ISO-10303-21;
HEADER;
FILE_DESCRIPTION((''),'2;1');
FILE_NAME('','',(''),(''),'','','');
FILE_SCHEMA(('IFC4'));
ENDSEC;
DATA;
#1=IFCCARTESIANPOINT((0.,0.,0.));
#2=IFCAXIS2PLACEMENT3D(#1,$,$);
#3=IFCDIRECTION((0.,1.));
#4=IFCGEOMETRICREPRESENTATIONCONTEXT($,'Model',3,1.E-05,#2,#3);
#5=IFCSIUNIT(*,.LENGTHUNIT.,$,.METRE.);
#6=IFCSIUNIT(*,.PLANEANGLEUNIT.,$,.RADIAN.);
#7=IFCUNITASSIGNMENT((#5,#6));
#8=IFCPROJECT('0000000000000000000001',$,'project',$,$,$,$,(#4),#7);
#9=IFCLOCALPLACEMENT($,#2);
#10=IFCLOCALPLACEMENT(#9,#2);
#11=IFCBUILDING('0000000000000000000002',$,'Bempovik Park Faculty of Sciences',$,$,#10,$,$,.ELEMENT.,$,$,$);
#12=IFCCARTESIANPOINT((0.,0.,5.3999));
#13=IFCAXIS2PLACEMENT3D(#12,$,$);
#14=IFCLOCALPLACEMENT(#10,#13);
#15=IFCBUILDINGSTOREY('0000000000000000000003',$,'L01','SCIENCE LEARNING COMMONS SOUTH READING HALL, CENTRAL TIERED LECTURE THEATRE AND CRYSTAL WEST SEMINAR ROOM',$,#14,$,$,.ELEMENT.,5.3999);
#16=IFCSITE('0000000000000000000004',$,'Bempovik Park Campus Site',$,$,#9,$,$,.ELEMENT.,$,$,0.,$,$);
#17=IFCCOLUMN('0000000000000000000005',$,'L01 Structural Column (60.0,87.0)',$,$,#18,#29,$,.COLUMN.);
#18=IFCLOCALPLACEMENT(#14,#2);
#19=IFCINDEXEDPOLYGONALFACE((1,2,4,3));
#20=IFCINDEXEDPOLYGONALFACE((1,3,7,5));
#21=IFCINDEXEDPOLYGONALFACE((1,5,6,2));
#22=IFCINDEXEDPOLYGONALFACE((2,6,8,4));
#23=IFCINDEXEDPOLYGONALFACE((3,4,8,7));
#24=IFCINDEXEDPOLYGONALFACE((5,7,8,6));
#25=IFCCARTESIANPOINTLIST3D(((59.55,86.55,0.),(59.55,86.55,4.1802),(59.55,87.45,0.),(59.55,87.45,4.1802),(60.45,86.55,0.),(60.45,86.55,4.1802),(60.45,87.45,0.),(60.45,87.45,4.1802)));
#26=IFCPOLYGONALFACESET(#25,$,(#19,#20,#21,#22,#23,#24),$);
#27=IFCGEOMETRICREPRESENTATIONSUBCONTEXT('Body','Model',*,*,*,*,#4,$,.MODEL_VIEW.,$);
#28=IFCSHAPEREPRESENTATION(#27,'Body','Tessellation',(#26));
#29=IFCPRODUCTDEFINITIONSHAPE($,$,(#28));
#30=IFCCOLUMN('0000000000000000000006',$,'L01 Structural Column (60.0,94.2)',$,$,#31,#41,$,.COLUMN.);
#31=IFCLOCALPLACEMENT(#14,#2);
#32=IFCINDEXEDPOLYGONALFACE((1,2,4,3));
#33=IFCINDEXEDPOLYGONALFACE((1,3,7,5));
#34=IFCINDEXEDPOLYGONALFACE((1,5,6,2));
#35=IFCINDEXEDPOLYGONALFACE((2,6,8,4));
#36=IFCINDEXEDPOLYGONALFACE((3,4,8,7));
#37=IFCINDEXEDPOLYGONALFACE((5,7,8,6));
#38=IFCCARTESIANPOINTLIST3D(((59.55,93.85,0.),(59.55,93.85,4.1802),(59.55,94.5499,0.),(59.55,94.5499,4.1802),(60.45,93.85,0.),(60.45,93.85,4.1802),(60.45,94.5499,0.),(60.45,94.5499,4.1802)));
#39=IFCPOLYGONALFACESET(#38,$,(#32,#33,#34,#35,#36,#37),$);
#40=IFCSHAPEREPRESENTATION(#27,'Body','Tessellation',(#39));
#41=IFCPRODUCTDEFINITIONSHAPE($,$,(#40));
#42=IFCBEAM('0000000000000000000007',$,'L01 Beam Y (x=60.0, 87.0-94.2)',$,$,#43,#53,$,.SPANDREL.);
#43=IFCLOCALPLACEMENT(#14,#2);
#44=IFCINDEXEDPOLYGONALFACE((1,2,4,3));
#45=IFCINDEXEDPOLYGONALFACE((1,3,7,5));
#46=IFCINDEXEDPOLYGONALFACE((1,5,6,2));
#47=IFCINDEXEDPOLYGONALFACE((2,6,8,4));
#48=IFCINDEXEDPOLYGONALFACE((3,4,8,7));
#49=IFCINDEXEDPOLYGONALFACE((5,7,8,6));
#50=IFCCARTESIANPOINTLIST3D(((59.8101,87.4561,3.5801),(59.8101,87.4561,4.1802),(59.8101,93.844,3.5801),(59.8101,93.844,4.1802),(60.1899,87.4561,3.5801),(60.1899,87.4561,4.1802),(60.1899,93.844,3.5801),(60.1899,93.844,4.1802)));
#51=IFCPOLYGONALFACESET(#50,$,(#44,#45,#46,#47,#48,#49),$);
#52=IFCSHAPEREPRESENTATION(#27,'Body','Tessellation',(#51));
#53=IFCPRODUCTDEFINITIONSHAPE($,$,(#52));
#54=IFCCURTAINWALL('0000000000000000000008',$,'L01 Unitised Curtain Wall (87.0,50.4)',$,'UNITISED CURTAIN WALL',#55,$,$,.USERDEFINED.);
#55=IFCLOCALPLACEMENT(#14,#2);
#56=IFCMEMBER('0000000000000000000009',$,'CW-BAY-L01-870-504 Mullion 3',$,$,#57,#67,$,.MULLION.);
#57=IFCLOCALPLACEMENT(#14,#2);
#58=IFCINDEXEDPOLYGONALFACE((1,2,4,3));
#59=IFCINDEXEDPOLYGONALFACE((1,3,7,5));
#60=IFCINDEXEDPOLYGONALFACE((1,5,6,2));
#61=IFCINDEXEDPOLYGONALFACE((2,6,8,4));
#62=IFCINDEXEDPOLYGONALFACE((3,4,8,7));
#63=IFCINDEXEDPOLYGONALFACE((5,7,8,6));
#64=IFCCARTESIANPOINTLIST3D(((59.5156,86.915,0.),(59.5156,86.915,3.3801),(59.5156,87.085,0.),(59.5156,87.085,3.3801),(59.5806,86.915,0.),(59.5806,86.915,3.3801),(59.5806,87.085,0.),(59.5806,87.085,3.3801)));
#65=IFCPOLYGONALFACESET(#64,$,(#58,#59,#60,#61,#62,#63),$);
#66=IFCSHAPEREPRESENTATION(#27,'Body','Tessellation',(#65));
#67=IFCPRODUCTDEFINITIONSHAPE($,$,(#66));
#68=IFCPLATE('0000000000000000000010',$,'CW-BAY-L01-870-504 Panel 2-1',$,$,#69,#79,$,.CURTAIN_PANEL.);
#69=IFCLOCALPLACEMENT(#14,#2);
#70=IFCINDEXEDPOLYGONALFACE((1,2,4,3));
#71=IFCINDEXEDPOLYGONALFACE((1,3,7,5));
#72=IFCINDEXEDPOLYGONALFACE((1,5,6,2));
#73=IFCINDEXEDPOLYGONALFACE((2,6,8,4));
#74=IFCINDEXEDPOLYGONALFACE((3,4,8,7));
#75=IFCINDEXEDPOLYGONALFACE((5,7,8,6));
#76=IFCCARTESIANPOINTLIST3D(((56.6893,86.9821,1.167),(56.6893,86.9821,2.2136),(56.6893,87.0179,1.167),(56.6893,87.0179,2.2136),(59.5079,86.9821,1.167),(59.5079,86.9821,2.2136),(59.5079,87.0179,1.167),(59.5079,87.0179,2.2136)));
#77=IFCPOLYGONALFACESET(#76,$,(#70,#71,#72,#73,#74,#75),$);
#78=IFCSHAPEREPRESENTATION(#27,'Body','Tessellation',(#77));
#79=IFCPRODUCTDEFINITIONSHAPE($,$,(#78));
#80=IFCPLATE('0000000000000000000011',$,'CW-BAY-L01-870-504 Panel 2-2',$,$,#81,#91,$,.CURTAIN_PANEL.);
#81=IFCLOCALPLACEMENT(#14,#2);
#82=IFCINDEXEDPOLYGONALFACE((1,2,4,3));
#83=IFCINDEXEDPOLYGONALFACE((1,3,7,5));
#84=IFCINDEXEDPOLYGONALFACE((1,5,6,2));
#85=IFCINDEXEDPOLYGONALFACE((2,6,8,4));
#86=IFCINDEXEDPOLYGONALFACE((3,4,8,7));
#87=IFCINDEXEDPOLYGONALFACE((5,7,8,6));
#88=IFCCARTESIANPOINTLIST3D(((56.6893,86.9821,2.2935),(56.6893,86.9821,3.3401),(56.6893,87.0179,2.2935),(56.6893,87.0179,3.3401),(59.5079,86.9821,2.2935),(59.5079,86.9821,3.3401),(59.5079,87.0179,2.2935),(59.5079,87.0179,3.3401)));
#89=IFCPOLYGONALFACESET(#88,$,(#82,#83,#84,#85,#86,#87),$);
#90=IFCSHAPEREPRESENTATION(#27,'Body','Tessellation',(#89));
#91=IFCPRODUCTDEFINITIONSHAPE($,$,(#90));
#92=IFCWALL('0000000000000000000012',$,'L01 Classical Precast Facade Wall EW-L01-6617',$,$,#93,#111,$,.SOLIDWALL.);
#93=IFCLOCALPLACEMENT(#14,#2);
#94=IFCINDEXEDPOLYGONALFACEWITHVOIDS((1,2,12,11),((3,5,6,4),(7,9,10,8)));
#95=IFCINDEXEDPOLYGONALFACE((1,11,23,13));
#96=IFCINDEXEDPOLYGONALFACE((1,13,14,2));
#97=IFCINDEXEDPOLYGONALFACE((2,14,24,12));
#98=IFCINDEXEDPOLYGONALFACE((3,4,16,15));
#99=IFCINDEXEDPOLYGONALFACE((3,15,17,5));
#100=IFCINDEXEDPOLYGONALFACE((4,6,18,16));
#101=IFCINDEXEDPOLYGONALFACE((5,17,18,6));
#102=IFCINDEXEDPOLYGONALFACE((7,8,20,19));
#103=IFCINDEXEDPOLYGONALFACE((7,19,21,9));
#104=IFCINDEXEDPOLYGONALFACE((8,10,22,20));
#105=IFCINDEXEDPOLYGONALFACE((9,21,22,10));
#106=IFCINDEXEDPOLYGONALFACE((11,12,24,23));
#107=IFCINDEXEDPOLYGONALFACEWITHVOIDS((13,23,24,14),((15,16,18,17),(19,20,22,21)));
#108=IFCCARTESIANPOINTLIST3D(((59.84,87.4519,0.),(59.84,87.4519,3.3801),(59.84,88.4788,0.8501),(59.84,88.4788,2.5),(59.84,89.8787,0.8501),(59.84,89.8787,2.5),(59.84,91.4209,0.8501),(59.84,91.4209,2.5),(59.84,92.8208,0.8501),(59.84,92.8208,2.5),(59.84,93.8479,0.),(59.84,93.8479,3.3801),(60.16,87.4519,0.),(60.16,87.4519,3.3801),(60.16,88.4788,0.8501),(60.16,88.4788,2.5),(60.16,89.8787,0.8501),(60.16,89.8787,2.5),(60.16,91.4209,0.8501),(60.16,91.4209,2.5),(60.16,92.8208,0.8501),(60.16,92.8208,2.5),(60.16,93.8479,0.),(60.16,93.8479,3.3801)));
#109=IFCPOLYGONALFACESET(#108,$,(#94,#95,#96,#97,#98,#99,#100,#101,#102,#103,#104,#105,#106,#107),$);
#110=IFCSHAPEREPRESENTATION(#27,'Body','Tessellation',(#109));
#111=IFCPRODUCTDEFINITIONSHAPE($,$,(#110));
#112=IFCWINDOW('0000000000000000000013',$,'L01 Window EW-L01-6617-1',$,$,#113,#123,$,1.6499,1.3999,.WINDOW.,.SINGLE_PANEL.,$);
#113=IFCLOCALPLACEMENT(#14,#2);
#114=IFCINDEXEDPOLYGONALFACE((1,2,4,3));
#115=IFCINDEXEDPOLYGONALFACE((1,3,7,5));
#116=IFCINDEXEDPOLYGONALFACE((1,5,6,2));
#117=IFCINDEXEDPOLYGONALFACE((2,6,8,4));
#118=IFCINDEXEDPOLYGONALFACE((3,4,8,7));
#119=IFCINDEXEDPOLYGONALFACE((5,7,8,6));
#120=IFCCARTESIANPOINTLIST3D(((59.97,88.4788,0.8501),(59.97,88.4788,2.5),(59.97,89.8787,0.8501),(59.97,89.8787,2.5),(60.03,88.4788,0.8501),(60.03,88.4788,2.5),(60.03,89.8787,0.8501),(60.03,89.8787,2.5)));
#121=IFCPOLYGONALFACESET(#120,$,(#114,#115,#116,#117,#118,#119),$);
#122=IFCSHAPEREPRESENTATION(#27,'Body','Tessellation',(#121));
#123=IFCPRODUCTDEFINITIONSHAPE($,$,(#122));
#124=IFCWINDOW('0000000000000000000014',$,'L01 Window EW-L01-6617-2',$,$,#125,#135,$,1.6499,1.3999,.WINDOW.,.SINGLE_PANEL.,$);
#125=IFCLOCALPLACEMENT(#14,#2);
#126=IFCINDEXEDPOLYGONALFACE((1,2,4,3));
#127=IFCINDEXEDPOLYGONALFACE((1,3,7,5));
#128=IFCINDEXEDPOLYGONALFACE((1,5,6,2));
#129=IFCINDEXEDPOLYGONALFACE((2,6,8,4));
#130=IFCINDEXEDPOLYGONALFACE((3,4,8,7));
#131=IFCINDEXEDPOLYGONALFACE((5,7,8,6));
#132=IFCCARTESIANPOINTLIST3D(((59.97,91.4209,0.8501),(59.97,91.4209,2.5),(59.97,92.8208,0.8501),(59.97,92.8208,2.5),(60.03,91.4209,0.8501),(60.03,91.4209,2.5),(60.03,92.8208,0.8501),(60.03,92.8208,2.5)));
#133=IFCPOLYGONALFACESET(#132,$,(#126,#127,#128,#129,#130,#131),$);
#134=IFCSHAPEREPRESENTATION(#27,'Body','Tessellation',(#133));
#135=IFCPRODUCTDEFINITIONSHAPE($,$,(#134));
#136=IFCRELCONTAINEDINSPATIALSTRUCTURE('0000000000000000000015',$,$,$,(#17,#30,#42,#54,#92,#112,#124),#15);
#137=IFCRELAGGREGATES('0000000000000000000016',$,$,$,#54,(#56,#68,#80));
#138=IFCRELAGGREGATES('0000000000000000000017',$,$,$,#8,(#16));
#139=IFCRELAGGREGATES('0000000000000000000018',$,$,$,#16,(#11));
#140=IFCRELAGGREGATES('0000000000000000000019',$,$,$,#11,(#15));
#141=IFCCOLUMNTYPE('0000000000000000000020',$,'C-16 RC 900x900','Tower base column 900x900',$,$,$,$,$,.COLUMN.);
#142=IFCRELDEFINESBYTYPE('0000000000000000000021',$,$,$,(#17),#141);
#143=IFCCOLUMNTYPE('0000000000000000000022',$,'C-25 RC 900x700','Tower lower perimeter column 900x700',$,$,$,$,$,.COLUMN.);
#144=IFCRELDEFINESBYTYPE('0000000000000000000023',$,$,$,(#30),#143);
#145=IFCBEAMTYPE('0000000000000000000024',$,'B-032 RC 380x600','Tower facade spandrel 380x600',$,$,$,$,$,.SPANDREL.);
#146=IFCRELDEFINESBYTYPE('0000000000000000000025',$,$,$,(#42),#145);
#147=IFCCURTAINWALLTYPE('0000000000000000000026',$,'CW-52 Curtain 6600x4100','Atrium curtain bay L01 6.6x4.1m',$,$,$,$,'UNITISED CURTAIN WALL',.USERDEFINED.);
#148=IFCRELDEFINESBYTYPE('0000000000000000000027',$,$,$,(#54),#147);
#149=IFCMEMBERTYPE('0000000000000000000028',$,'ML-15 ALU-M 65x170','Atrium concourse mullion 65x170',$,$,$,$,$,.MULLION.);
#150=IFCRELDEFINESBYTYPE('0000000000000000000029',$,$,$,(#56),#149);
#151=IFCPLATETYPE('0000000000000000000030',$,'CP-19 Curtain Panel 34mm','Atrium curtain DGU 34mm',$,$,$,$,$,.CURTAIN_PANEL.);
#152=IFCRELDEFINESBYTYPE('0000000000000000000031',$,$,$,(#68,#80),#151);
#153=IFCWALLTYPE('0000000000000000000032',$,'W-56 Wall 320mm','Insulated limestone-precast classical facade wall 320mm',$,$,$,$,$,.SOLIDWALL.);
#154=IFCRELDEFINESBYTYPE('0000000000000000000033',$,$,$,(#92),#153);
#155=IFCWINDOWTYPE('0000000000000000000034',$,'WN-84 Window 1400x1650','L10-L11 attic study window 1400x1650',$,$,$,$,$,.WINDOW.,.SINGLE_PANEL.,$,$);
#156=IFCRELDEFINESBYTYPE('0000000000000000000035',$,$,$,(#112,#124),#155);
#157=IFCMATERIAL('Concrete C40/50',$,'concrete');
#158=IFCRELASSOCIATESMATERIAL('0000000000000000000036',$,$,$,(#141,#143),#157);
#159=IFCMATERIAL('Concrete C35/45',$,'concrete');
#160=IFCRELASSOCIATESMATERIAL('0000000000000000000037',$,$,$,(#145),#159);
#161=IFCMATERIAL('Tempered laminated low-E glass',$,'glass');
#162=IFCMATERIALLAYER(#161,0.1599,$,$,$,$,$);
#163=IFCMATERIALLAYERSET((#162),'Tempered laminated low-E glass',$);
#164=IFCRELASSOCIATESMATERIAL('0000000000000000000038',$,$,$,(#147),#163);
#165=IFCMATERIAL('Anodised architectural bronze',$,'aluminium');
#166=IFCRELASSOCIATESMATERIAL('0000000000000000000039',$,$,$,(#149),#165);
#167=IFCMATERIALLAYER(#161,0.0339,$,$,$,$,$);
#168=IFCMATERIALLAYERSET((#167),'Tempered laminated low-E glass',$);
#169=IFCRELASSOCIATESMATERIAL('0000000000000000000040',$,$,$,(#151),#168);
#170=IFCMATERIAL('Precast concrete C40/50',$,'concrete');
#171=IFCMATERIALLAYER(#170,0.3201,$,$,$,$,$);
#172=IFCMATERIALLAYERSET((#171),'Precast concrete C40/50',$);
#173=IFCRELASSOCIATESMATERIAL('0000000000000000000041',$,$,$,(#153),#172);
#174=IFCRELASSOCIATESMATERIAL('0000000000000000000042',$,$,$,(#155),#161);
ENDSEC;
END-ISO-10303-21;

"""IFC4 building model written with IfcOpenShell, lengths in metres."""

from ifc_helpers import new_model, si_unit, direction, frame, frame_2d, origin, origin_2d, place, context, subcontext, project, spatial, rectangle, extrude, material, layer, layer_set, material_profile, profile_set, type_object, element, fill, aggregate, save


model = new_model("IFC4")

# Units and contexts
model_context = context("Model", 3, precision=1e-05, world=origin(), true_north=direction((0.0, 1.0)))
body_context = subcontext(model_context, "Body", "Model", "MODEL_VIEW")
ifc_project = project(units=[si_unit("LENGTHUNIT", "METRE"), si_unit("PLANEANGLEUNIT", "RADIAN")], contexts=[model_context])

# Site, building, storey
site_placement = place(None, origin())
site = spatial("IfcSite", under=ifc_project, at=site_placement, Name="Bempovik Park Campus Site", CompositionType="ELEMENT", RefElevation=0.0)
building_placement = place(site_placement, origin())
building = spatial("IfcBuilding", under=site, at=building_placement, Name="Bempovik Park Faculty of Sciences", CompositionType="ELEMENT")
storey_placement = place(building_placement, frame((0.0, 0.0, 5.3999)))
storey = spatial("IfcBuildingStorey", under=building, at=storey_placement, Name="L01", Description="SCIENCE LEARNING COMMONS SOUTH READING HALL, CENTRAL TIERED LECTURE THEATRE AND CRYSTAL WEST SEMINAR ROOM", CompositionType="ELEMENT", Elevation=5.3999)

# Columns
ifc_material_1 = material(Name="Concrete C40/50", Category="concrete")
ifc_material_profile_1 = material_profile(ifc_material_1, rectangle(XDim=0.8999, YDim=0.8999, at=origin_2d()), Name="RC 900x900")
ifc_profile_set_1 = profile_set([ifc_material_profile_1], Name="Concrete C40/50")
column_type_1 = type_object("IfcColumnType", Name="C-16 RC 900x900", Description="Tower base column 900x900", PredefinedType="COLUMN", material=ifc_profile_set_1)
column_1_placement = place(storey_placement, frame((60.0, 87.0, 0.0), z_axis=(0.0, 0.0, 1.0), x_axis=(1.0, 0.0, 0.0)))
element("IfcColumn", 1, at=column_1_placement, inside=storey, type_object=column_type_1, Name="L01 Structural Column (60.0,87.0)", PredefinedType="COLUMN", context=body_context, shape_type="SweptSolid", body=[
    extrude(rectangle(XDim=0.8999, YDim=0.8999, at=origin_2d()), origin(), (0.0, 0.0, 1.0), 4.1802),
])
ifc_material_profile_2 = material_profile(ifc_material_1, rectangle(XDim=0.8999, YDim=0.7, at=origin_2d()), Name="RC 900x700")
ifc_profile_set_2 = profile_set([ifc_material_profile_2], Name="Concrete C40/50")
column_type_2 = type_object("IfcColumnType", Name="C-25 RC 900x700", Description="Tower lower perimeter column 900x700", PredefinedType="COLUMN", material=ifc_profile_set_2)
column_2_placement = place(storey_placement, frame((60.0, 94.2, 0.0), z_axis=(0.0, 0.0, 1.0), x_axis=(1.0, 0.0, 0.0)))
element("IfcColumn", 2, at=column_2_placement, inside=storey, type_object=column_type_2, Name="L01 Structural Column (60.0,94.2)", PredefinedType="COLUMN", context=body_context, shape_type="SweptSolid", body=[
    extrude(rectangle(XDim=0.8999, YDim=0.7, at=origin_2d()), origin(), (0.0, 0.0, 1.0), 4.1802),
])

# Beam
ifc_material_2 = material(Name="Concrete C35/45", Category="concrete")
ifc_material_profile_3 = material_profile(ifc_material_2, rectangle(XDim=0.3799, YDim=0.6001, at=origin_2d()), Name="RC 380x600")
ifc_profile_set_3 = profile_set([ifc_material_profile_3], Name="Concrete C35/45")
beam_type = type_object("IfcBeamType", Name="B-032 RC 380x600", Description="Tower facade spandrel 380x600", PredefinedType="SPANDREL", material=ifc_profile_set_3)
beam_placement = place(storey_placement, frame((60.0, 87.4561, 3.8801), z_axis=(0.0, 1.0, 0.0), x_axis=(-1.0, 0.0, 0.0)))
element("IfcBeam", 3, at=beam_placement, inside=storey, type_object=beam_type, Name="L01 Beam Y (x=60.0, 87.0-94.2)", PredefinedType="SPANDREL", context=body_context, shape_type="SweptSolid", body=[
    extrude(rectangle(XDim=0.3799, YDim=0.6001, at=origin_2d()), origin(), (0.0, 0.0, 1.0), 6.3879),
])

# Curtain wall, member, plates
ifc_material_3 = material(Name="Tempered laminated low-E glass", Category="glass")
ifc_layer_1 = layer(ifc_material_3, 0.1599)
ifc_layer_set_1 = layer_set([ifc_layer_1], Name="Tempered laminated low-E glass")
curtain_wall_type = type_object("IfcCurtainWallType", Name="CW-52 Curtain 6600x4100", Description="Atrium curtain bay L01 6.6x4.1m", ElementType="UNITISED CURTAIN WALL", PredefinedType="USERDEFINED", material=ifc_layer_set_1)
curtain_wall_placement = place(storey_placement, origin())
curtain_wall = element("IfcCurtainWall", 4, at=curtain_wall_placement, inside=storey, type_object=curtain_wall_type, Name="L01 Unitised Curtain Wall (87.0,50.4)", ObjectType="UNITISED CURTAIN WALL", PredefinedType="USERDEFINED")
ifc_material_4 = material(Name="Anodised architectural bronze", Category="aluminium")
ifc_material_profile_4 = material_profile(ifc_material_4, rectangle(XDim=0.0649, YDim=0.1699, at=origin_2d()), Name="ALU-M 65x170")
ifc_profile_set_4 = profile_set([ifc_material_profile_4], Name="Anodised architectural bronze")
member_type = type_object("IfcMemberType", Name="ML-15 ALU-M 65x170", Description="Atrium concourse mullion 65x170", PredefinedType="MULLION", material=ifc_profile_set_4)
member_placement = place(storey_placement, frame((59.5481, 87.0, 0.0), z_axis=(0.0, 0.0, 1.0), x_axis=(1.0, 0.0, 0.0)))
member = element("IfcMember", 5, at=member_placement, type_object=member_type, Name="CW-BAY-L01-870-504 Mullion 3", PredefinedType="MULLION", context=body_context, shape_type="SweptSolid", body=[
    extrude(rectangle(XDim=0.0649, YDim=0.1699, at=origin_2d()), origin(), (0.0, 0.0, 1.0), 3.3801),
])
ifc_layer_2 = layer(ifc_material_3, 0.0339)
ifc_layer_set_2 = layer_set([ifc_layer_2], Name="Tempered laminated low-E glass")
plate_type = type_object("IfcPlateType", Name="CP-19 Curtain Panel 34mm", Description="Atrium curtain DGU 34mm", PredefinedType="CURTAIN_PANEL", material=ifc_layer_set_2)
plate_1_placement = place(storey_placement, frame((58.0986, 87.0, 1.167), z_axis=(0.0, 0.0, 1.0), x_axis=(1.0, 0.0, 0.0)))
plate_1 = element("IfcPlate", 6, at=plate_1_placement, type_object=plate_type, Name="CW-BAY-L01-870-504 Panel 2-1", PredefinedType="CURTAIN_PANEL", context=body_context, shape_type="SweptSolid", body=[
    extrude(rectangle(XDim=2.8186, YDim=0.0359, at=origin_2d()), origin(), (0.0, 0.0, 1.0), 1.0466),
])
plate_2_placement = place(storey_placement, frame((58.0986, 87.0, 2.2935), z_axis=(0.0, 0.0, 1.0), x_axis=(1.0, 0.0, 0.0)))
plate_2 = element("IfcPlate", 7, at=plate_2_placement, type_object=plate_type, Name="CW-BAY-L01-870-504 Panel 2-2", PredefinedType="CURTAIN_PANEL", context=body_context, shape_type="SweptSolid", body=[
    extrude(rectangle(XDim=2.8186, YDim=0.0359, at=origin_2d()), origin(), (0.0, 0.0, 1.0), 1.0466),
])
aggregate(curtain_wall, [member, plate_1, plate_2])

# Wall, openings, windows
ifc_material_5 = material(Name="Precast concrete C40/50", Category="concrete")
ifc_layer_3 = layer(ifc_material_5, 0.3201)
ifc_layer_set_3 = layer_set([ifc_layer_3], Name="Precast concrete C40/50")
wall_type = type_object("IfcWallType", Name="W-56 Wall 320mm", Description="Insulated limestone-precast classical facade wall 320mm", PredefinedType="SOLIDWALL", material=ifc_layer_set_3)
wall_1_placement = place(storey_placement, frame((60.0, 87.4519, 0.0), z_axis=(0.0, 0.0, 1.0), x_axis=(0.0, 1.0, 0.0)))
wall_1 = element("IfcWall", 8, at=wall_1_placement, inside=storey, type_object=wall_type, Name="L01 Classical Precast Facade Wall EW-L01-6617", PredefinedType="SOLIDWALL", context=body_context, shape_type="SweptSolid", body=[
    extrude(rectangle(XDim=6.396, YDim=0.3201, at=frame_2d((3.198, 0.0))), origin(), (0.0, 0.0, 1.0), 3.3801),
])
opening_1_placement = place(wall_1_placement, frame((1.0269, 0.0, 0.8501)))
opening_1 = element("IfcOpeningElement", 9, at=opening_1_placement, cuts=wall_1, PredefinedType="OPENING", context=body_context, shape_type="SweptSolid", body=[
    extrude(rectangle(XDim=1.3999, YDim=1.6499, at=frame_2d((0.7, 0.825))), frame((0.0, 0.1699, 0.0), z_axis=(0.0, -1.0, 0.0), x_axis=(1.0, 0.0, 0.0)), (0.0, 0.0, 1.0), 0.3401),
])
opening_2_placement = place(wall_1_placement, frame((3.969, 0.0, 0.8501)))
opening_2 = element("IfcOpeningElement", 10, at=opening_2_placement, cuts=wall_1, PredefinedType="OPENING", context=body_context, shape_type="SweptSolid", body=[
    extrude(rectangle(XDim=1.3999, YDim=1.6499, at=frame_2d((0.7, 0.825))), frame((0.0, 0.1699, 0.0), z_axis=(0.0, -1.0, 0.0), x_axis=(1.0, 0.0, 0.0)), (0.0, 0.0, 1.0), 0.3401),
])
window_type = type_object("IfcWindowType", Name="WN-84 Window 1400x1650", Description="L10-L11 attic study window 1400x1650", PartitioningType="SINGLE_PANEL", PredefinedType="WINDOW", material=ifc_material_3)
window_1_placement = place(opening_1_placement, origin())
window_1 = element("IfcWindow", 11, at=window_1_placement, inside=storey, type_object=window_type, Name="L01 Window EW-L01-6617-1", OverallHeight=1.6499, OverallWidth=1.3999, PartitioningType="SINGLE_PANEL", PredefinedType="WINDOW", context=body_context, shape_type="SweptSolid", body=[
    extrude(rectangle(XDim=1.3999, YDim=1.6499, at=frame_2d((0.7, 0.825))), frame((0.0, 0.03, 0.0), z_axis=(0.0, -1.0, 0.0), x_axis=(1.0, 0.0, 0.0)), (0.0, 0.0, 1.0), 0.0601),
])
fill(opening_1, window_1)
window_2_placement = place(opening_2_placement, origin())
window_2 = element("IfcWindow", 12, at=window_2_placement, inside=storey, type_object=window_type, Name="L01 Window EW-L01-6617-2", OverallHeight=1.6499, OverallWidth=1.3999, PartitioningType="SINGLE_PANEL", PredefinedType="WINDOW", context=body_context, shape_type="SweptSolid", body=[
    extrude(rectangle(XDim=1.3999, YDim=1.6499, at=frame_2d((0.7, 0.825))), frame((0.0, 0.03, 0.0), z_axis=(0.0, -1.0, 0.0), x_axis=(1.0, 0.0, 0.0)), (0.0, 0.0, 1.0), 0.0601),
])
fill(opening_2, window_2)

save(model, "model.ifc")
